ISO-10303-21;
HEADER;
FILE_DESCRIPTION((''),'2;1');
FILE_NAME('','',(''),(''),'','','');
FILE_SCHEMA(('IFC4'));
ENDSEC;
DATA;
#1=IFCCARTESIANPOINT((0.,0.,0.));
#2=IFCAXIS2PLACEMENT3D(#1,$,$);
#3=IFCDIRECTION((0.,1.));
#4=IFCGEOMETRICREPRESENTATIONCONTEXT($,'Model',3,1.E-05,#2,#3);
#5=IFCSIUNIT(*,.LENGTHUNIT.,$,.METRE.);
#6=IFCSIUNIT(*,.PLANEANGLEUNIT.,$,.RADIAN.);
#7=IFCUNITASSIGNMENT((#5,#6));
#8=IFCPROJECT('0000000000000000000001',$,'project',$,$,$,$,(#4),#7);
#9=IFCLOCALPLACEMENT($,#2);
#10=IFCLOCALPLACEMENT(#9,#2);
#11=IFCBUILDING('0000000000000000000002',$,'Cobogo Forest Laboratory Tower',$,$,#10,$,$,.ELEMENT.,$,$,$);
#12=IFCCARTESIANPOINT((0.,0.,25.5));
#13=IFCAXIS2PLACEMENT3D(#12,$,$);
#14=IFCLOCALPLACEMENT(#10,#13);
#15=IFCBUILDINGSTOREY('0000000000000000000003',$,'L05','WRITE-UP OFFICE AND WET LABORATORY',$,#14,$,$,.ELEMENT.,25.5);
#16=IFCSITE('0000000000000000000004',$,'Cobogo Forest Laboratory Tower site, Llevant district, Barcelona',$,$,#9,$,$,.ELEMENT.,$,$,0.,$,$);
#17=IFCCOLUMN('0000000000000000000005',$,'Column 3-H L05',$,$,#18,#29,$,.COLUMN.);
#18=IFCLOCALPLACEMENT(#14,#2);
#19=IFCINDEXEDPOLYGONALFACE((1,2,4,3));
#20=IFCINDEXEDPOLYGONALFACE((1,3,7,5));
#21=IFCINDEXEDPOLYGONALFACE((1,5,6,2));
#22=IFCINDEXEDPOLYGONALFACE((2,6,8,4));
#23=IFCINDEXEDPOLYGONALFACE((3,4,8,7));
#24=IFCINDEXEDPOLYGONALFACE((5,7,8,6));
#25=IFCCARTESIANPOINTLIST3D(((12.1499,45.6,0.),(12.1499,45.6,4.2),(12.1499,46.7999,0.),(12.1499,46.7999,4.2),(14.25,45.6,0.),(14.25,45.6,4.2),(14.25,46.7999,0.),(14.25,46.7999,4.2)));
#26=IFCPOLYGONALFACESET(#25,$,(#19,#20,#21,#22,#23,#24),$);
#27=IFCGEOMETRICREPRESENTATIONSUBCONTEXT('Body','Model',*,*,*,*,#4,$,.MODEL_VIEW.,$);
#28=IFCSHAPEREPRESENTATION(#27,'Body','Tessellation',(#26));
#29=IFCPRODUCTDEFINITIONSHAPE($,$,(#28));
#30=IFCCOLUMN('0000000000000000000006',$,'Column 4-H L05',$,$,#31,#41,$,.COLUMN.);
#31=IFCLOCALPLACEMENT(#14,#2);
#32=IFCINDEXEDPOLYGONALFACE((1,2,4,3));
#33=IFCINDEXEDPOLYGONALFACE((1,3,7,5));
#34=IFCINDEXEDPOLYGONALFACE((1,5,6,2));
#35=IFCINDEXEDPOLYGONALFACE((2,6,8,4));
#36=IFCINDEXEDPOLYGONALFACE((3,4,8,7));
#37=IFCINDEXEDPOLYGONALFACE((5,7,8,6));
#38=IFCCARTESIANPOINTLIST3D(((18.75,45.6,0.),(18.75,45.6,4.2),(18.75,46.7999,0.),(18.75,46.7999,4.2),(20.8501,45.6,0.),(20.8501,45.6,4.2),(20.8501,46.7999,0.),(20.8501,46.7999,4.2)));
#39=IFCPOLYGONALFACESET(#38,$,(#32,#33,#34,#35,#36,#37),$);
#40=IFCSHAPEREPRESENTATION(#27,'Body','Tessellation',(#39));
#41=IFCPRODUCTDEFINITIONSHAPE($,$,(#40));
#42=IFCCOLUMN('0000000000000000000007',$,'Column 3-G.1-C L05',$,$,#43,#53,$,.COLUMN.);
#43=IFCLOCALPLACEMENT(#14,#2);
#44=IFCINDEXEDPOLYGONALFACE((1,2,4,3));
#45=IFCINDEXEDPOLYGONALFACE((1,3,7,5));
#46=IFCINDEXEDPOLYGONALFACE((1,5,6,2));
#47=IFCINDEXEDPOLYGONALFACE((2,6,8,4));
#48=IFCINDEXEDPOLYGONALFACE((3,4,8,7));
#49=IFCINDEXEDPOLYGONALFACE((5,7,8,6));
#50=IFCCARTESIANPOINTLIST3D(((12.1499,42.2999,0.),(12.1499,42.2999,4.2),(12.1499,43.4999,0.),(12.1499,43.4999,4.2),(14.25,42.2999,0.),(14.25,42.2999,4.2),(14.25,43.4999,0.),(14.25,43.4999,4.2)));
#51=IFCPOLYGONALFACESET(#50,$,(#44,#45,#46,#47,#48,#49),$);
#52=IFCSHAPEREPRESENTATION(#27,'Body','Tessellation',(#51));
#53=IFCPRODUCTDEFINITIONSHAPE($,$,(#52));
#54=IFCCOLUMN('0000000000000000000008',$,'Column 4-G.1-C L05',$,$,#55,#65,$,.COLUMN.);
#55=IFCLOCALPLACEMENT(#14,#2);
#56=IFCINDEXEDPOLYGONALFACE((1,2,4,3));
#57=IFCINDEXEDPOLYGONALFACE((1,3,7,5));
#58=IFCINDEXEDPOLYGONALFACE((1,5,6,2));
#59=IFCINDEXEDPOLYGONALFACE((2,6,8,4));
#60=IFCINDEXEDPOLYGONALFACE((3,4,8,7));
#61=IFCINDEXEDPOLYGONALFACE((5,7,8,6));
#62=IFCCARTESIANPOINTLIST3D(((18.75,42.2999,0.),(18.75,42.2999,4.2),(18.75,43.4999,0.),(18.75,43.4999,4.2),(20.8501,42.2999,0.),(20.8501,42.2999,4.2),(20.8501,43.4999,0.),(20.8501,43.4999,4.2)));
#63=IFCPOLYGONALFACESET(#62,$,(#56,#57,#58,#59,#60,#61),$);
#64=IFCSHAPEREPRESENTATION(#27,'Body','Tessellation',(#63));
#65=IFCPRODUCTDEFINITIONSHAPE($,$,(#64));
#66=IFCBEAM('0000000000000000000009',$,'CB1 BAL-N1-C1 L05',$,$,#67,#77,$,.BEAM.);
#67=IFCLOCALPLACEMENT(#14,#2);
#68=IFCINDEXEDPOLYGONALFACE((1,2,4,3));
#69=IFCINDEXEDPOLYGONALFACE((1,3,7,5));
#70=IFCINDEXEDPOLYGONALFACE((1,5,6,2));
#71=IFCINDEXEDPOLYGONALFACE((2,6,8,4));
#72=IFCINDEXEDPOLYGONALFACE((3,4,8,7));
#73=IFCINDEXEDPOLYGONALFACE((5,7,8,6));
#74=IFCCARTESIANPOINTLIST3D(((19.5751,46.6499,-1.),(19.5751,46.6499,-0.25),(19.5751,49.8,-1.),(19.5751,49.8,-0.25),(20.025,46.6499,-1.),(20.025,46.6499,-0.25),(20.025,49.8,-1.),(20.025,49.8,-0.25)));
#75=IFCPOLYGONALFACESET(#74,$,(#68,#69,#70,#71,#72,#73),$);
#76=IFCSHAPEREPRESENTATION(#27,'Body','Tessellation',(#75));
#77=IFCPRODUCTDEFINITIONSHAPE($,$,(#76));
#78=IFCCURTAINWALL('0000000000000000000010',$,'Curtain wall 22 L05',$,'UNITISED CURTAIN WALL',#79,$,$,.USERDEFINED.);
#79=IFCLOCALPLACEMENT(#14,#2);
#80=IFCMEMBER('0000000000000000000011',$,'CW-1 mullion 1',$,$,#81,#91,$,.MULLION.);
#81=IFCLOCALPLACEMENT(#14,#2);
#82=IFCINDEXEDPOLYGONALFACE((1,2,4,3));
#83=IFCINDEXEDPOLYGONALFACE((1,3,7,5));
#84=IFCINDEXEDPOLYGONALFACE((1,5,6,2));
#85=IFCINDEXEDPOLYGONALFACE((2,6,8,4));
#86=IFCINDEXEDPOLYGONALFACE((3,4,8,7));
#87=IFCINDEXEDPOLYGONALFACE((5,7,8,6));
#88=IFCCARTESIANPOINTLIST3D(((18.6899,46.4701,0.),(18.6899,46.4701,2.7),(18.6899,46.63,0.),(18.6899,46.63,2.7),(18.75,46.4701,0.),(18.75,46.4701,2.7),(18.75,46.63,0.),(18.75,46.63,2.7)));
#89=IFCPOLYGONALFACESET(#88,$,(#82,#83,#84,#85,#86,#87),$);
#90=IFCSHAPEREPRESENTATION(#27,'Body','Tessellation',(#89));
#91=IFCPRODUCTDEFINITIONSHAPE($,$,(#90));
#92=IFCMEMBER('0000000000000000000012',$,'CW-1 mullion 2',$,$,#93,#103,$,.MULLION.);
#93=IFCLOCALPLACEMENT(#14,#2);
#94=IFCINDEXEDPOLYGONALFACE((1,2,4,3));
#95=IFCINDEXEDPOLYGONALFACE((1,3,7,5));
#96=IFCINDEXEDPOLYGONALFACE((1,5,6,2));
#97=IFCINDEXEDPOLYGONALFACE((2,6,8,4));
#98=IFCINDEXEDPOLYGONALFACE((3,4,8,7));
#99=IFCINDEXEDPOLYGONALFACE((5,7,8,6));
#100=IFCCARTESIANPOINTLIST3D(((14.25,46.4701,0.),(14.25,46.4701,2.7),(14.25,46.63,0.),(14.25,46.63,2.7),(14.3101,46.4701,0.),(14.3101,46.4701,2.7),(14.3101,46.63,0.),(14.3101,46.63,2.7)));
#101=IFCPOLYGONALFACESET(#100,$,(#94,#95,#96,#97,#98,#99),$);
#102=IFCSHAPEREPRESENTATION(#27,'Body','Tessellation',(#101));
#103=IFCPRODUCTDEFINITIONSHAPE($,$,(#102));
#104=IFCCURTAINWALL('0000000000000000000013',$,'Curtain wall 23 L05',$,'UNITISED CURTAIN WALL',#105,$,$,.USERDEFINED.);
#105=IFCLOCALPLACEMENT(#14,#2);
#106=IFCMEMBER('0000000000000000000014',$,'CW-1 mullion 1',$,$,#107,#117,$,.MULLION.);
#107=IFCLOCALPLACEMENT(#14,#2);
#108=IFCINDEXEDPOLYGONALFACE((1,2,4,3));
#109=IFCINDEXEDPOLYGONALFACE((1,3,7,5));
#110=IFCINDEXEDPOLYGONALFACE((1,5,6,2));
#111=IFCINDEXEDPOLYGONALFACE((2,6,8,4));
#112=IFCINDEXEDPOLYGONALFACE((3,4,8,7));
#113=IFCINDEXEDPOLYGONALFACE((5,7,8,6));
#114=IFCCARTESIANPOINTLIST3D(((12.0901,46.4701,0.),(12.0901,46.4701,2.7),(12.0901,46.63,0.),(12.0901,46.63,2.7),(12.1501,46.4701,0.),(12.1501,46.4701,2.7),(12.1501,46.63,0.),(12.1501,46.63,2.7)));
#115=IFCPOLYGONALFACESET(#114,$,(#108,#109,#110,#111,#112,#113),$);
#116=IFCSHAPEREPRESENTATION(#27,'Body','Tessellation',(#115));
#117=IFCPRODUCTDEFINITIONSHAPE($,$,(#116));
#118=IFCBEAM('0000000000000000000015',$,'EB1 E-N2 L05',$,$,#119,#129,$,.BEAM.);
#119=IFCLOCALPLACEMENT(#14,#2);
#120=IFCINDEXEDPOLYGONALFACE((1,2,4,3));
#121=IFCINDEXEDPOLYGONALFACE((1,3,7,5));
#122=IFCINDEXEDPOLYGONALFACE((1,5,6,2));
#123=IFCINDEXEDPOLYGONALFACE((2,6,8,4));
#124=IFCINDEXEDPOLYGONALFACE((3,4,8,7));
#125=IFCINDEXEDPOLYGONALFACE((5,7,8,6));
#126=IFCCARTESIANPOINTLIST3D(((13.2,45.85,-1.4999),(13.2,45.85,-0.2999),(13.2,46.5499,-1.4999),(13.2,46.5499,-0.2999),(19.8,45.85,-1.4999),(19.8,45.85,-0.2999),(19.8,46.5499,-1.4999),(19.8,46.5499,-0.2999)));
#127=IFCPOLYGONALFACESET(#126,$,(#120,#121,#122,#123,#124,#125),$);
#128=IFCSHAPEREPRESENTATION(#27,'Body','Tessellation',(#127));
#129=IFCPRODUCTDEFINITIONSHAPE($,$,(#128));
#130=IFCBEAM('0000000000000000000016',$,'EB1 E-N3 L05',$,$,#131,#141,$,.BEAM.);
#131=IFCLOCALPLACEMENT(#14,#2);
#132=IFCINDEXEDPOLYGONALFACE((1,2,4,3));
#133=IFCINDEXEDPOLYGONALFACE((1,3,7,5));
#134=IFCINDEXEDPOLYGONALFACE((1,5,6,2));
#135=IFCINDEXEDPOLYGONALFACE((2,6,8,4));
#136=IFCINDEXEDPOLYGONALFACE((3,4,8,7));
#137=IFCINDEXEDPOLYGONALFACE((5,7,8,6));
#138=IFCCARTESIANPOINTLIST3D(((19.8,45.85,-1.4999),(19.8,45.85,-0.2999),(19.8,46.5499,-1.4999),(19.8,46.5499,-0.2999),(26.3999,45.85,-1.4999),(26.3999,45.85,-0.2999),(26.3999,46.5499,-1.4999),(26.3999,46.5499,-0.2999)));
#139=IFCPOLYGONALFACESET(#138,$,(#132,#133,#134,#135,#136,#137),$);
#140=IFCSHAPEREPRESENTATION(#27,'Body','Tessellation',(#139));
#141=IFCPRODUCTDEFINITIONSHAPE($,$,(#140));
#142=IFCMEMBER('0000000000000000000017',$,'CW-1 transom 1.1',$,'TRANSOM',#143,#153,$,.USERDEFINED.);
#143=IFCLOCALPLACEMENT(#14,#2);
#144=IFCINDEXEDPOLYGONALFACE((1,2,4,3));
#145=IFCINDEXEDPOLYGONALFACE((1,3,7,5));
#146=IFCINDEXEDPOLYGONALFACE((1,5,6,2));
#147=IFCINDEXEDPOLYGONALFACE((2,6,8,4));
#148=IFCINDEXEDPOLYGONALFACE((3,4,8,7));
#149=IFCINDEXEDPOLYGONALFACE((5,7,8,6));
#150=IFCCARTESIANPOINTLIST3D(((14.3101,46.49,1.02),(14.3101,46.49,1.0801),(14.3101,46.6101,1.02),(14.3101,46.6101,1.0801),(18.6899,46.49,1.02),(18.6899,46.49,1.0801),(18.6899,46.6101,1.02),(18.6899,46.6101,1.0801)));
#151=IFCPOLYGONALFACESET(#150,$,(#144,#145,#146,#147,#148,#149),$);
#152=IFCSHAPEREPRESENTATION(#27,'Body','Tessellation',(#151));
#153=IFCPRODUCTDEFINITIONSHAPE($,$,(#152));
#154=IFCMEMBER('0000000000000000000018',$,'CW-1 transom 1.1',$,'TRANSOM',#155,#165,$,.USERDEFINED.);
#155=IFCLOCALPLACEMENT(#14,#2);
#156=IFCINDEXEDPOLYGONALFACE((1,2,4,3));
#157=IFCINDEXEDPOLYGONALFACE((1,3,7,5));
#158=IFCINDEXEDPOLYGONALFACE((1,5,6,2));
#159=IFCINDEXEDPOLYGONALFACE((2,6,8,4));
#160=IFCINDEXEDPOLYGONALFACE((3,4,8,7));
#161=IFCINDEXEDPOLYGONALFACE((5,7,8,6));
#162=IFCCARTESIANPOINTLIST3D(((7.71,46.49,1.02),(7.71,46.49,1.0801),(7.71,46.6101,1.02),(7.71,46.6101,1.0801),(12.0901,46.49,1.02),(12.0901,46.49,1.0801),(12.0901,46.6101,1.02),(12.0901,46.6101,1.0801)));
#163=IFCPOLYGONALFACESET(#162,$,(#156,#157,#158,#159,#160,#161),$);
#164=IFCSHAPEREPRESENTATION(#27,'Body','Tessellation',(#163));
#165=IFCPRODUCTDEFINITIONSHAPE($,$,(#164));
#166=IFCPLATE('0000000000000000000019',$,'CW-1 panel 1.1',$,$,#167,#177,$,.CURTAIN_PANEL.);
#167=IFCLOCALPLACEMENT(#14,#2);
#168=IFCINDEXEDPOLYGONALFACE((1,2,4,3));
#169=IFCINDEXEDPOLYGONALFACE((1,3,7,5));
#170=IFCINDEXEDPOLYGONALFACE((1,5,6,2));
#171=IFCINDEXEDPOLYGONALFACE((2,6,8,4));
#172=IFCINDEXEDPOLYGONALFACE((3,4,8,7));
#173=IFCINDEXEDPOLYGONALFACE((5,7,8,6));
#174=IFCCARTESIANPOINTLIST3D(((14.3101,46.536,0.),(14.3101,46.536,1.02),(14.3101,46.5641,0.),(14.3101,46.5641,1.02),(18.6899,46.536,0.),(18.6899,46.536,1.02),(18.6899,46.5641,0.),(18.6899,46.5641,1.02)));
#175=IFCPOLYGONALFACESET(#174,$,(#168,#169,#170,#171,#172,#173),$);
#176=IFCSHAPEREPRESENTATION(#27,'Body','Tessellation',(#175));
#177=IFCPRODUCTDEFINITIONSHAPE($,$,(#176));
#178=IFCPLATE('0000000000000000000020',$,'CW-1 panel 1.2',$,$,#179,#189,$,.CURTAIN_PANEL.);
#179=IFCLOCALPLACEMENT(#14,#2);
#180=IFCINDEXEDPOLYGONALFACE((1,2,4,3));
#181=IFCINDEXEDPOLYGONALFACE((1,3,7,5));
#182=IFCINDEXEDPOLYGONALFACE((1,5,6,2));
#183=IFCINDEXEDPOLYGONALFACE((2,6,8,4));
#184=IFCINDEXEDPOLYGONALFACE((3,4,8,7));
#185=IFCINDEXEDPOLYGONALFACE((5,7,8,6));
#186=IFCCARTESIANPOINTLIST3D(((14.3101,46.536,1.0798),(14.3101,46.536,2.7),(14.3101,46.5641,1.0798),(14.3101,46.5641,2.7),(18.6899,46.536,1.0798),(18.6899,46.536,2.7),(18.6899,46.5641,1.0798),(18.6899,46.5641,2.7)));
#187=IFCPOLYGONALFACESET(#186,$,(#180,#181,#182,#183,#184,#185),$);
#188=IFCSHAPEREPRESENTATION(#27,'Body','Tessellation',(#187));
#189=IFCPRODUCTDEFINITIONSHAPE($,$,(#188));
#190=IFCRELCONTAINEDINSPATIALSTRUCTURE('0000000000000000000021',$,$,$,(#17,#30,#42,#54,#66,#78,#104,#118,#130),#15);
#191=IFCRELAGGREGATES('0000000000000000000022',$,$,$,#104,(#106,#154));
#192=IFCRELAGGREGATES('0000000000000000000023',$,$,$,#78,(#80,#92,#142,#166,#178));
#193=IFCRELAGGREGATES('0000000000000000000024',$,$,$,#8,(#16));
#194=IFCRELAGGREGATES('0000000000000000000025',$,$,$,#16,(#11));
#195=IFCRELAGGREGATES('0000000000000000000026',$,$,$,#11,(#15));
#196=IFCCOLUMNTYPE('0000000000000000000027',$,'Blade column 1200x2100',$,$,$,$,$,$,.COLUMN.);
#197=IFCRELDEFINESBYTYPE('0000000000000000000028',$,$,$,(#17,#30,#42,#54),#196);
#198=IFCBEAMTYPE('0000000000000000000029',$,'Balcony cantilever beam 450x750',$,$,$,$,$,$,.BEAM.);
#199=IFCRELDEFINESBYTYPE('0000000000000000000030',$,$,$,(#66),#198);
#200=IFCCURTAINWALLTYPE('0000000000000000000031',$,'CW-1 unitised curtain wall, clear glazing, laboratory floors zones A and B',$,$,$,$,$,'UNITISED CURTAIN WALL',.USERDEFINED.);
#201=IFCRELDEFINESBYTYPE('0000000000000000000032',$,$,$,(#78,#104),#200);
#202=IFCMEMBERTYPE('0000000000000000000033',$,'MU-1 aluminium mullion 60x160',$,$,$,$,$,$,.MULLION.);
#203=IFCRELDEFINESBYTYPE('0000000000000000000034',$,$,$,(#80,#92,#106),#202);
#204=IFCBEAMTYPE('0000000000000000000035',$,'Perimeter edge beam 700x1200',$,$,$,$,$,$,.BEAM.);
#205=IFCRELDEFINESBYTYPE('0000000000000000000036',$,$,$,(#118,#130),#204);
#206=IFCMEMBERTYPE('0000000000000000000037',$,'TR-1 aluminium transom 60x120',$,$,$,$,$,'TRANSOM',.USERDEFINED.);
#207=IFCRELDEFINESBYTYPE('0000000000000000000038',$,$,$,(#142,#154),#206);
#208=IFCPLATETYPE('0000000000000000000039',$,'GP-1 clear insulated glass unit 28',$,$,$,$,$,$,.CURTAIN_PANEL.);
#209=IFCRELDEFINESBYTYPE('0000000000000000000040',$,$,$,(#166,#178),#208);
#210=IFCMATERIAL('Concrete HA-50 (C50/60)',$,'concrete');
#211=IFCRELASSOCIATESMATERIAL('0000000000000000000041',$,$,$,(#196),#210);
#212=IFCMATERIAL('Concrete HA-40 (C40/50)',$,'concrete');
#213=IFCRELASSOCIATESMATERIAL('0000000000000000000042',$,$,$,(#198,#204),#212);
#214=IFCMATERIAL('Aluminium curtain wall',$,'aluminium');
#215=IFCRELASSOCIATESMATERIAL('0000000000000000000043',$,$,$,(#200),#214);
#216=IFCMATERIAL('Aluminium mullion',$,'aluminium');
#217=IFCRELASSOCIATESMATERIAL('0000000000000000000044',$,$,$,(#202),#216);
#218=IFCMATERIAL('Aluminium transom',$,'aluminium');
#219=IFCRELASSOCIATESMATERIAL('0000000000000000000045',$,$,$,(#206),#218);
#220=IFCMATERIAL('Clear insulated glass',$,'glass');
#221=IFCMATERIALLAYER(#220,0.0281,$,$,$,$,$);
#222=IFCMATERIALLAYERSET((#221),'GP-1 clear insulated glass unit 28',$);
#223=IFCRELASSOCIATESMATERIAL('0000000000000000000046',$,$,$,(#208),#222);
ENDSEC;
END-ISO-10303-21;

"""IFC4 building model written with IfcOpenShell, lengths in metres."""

from ifc_helpers import new_model, si_unit, direction, frame, origin, origin_2d, place, context, subcontext, project, spatial, rectangle, extrude, material, layer, layer_set, material_profile, profile_set, type_object, element, aggregate, save


model = new_model("IFC4")

# Units and contexts
model_context = context("Model", 3, precision=1e-05, world=origin(), true_north=direction((0.0, 1.0)))
body_context = subcontext(model_context, "Body", "Model", "MODEL_VIEW")
ifc_project = project(units=[si_unit("LENGTHUNIT", "METRE"), si_unit("PLANEANGLEUNIT", "RADIAN")], contexts=[model_context])

# Site, building, storey
site_placement = place(None, origin())
site = spatial("IfcSite", under=ifc_project, at=site_placement, Name="Cobogo Forest Laboratory Tower site, Llevant district, Barcelona", CompositionType="ELEMENT", RefElevation=0.0)
building_placement = place(site_placement, origin())
building = spatial("IfcBuilding", under=site, at=building_placement, Name="Cobogo Forest Laboratory Tower", CompositionType="ELEMENT")
storey_placement = place(building_placement, frame((0.0, 0.0, 25.5)))
storey = spatial("IfcBuildingStorey", under=building, at=storey_placement, Name="L05", Description="WRITE-UP OFFICE AND WET LABORATORY", CompositionType="ELEMENT", Elevation=25.5)

# Columns
ifc_material_1 = material(Name="Concrete HA-50 (C50/60)", Category="concrete")
ifc_material_profile_1 = material_profile(ifc_material_1, rectangle(XDim=2.1001, YDim=1.2, at=origin_2d()), Name="RC 1200x2100")
ifc_profile_set_1 = profile_set([ifc_material_profile_1], Name="Concrete HA-50 (C50/60)")
column_type = type_object("IfcColumnType", Name="Blade column 1200x2100", PredefinedType="COLUMN", material=ifc_profile_set_1)
for number, where, z_axis, x_axis, name in (
    (1, (13.2, 46.2, 0.0), (0.0, 0.0, 1.0), (1.0, 0.0, 0.0), "Column 3-H L05"),
    (2, (19.8, 46.2, 0.0), (0.0, 0.0, 1.0), (1.0, 0.0, 0.0), "Column 4-H L05"),
    (3, (13.2, 42.8999, 0.0), (0.0, 0.0, 1.0), (1.0, 0.0, 0.0), "Column 3-G.1-C L05"),
    (4, (19.8, 42.8999, 0.0), (0.0, 0.0, 1.0), (1.0, 0.0, 0.0), "Column 4-G.1-C L05"),
):
    element("IfcColumn", number, at=place(storey_placement, frame(where, z_axis=z_axis, x_axis=x_axis)), inside=storey, type_object=column_type, Name=name, PredefinedType="COLUMN", context=body_context, shape_type="SweptSolid", body=[
        extrude(rectangle(XDim=2.1001, YDim=1.2, at=origin_2d()), origin(), (0.0, 0.0, 1.0), 4.2),
    ])

# Beam
ifc_material_2 = material(Name="Concrete HA-40 (C40/50)", Category="concrete")
ifc_material_profile_2 = material_profile(ifc_material_2, rectangle(XDim=0.45, YDim=0.75, at=origin_2d()), Name="RC 450x750")
ifc_profile_set_2 = profile_set([ifc_material_profile_2], Name="Concrete HA-40 (C40/50)")
beam_type_1 = type_object("IfcBeamType", Name="Balcony cantilever beam 450x750", PredefinedType="BEAM", material=ifc_profile_set_2)
beam_1_placement = place(storey_placement, frame((19.8, 46.6499, -0.625), z_axis=(0.0, 1.0, 0.0), x_axis=(-1.0, 0.0, 0.0)))
element("IfcBeam", 5, at=beam_1_placement, inside=storey, type_object=beam_type_1, Name="CB1 BAL-N1-C1 L05", PredefinedType="BEAM", context=body_context, shape_type="SweptSolid", body=[
    extrude(rectangle(XDim=0.45, YDim=0.75, at=origin_2d()), origin(), (0.0, 0.0, 1.0), 3.1501),
])

# Curtain wall, members
ifc_material_3 = material(Name="Aluminium curtain wall", Category="aluminium")
curtain_wall_type = type_object("IfcCurtainWallType", Name="CW-1 unitised curtain wall, clear glazing, laboratory floors zones A and B", ElementType="UNITISED CURTAIN WALL", PredefinedType="USERDEFINED", material=ifc_material_3)
curtain_wall_1_placement = place(storey_placement, origin())
curtain_wall_1 = element("IfcCurtainWall", 6, at=curtain_wall_1_placement, inside=storey, type_object=curtain_wall_type, Name="Curtain wall 22 L05", ObjectType="UNITISED CURTAIN WALL", PredefinedType="USERDEFINED")
ifc_material_4 = material(Name="Aluminium mullion", Category="aluminium")
ifc_material_profile_3 = material_profile(ifc_material_4, rectangle(XDim=0.0601, YDim=0.1599, at=origin_2d()), Name="AL 60x160")
ifc_profile_set_3 = profile_set([ifc_material_profile_3], Name="Aluminium mullion")
member_type_1 = type_object("IfcMemberType", Name="MU-1 aluminium mullion 60x160", PredefinedType="MULLION", material=ifc_profile_set_3)
member_1_placement = place(storey_placement, frame((18.72, 46.55, 0.0), z_axis=(0.0, 0.0, 1.0), x_axis=(-1.0, 0.0, 0.0)))
member_1 = element("IfcMember", 7, at=member_1_placement, type_object=member_type_1, Name="CW-1 mullion 1", PredefinedType="MULLION", context=body_context, shape_type="SweptSolid", body=[
    extrude(rectangle(XDim=0.0601, YDim=0.1599, at=origin_2d()), origin(), (0.0, 0.0, 1.0), 2.7),
])
member_2_placement = place(storey_placement, frame((14.28, 46.55, 0.0), z_axis=(0.0, 0.0, 1.0), x_axis=(-1.0, 0.0, 0.0)))
member_2 = element("IfcMember", 8, at=member_2_placement, type_object=member_type_1, Name="CW-1 mullion 2", PredefinedType="MULLION", context=body_context, shape_type="SweptSolid", body=[
    extrude(rectangle(XDim=0.0601, YDim=0.1599, at=origin_2d()), origin(), (0.0, 0.0, 1.0), 2.7),
])

# Curtain wall, member
curtain_wall_2_placement = place(storey_placement, origin())
curtain_wall_2 = element("IfcCurtainWall", 9, at=curtain_wall_2_placement, inside=storey, type_object=curtain_wall_type, Name="Curtain wall 23 L05", ObjectType="UNITISED CURTAIN WALL", PredefinedType="USERDEFINED")
member_3_placement = place(storey_placement, frame((12.1201, 46.55, 0.0), z_axis=(0.0, 0.0, 1.0), x_axis=(-1.0, 0.0, 0.0)))
member_3 = element("IfcMember", 10, at=member_3_placement, type_object=member_type_1, Name="CW-1 mullion 1", PredefinedType="MULLION", context=body_context, shape_type="SweptSolid", body=[
    extrude(rectangle(XDim=0.0601, YDim=0.1599, at=origin_2d()), origin(), (0.0, 0.0, 1.0), 2.7),
])

# Beams
ifc_material_profile_4 = material_profile(ifc_material_2, rectangle(XDim=0.7, YDim=1.2, at=origin_2d()), Name="RC 700x1200")
ifc_profile_set_4 = profile_set([ifc_material_profile_4], Name="Concrete HA-40 (C40/50)")
beam_type_2 = type_object("IfcBeamType", Name="Perimeter edge beam 700x1200", PredefinedType="BEAM", material=ifc_profile_set_4)
beam_2_placement = place(storey_placement, frame((13.2, 46.2, -0.8999), z_axis=(1.0, 0.0, 0.0), x_axis=(0.0, 1.0, 0.0)))
element("IfcBeam", 11, at=beam_2_placement, inside=storey, type_object=beam_type_2, Name="EB1 E-N2 L05", PredefinedType="BEAM", context=body_context, shape_type="SweptSolid", body=[
    extrude(rectangle(XDim=0.7, YDim=1.2, at=origin_2d()), origin(), (0.0, 0.0, 1.0), 6.6001),
])
beam_3_placement = place(storey_placement, frame((19.8, 46.2, -0.8999), z_axis=(1.0, 0.0, 0.0), x_axis=(0.0, 1.0, 0.0)))
element("IfcBeam", 12, at=beam_3_placement, inside=storey, type_object=beam_type_2, Name="EB1 E-N3 L05", PredefinedType="BEAM", context=body_context, shape_type="SweptSolid", body=[
    extrude(rectangle(XDim=0.7, YDim=1.2, at=origin_2d()), origin(), (0.0, 0.0, 1.0), 6.5999),
])

# Members
ifc_material_5 = material(Name="Aluminium transom", Category="aluminium")
ifc_material_profile_5 = material_profile(ifc_material_5, rectangle(XDim=0.1201, YDim=0.0601, at=origin_2d()), Name="AL 60x120")
ifc_profile_set_5 = profile_set([ifc_material_profile_5], Name="Aluminium transom")
member_type_2 = type_object("IfcMemberType", Name="TR-1 aluminium transom 60x120", ElementType="TRANSOM", PredefinedType="USERDEFINED", material=ifc_profile_set_5)
member_4_placement = place(storey_placement, frame((18.6899, 46.55, 1.05), z_axis=(-1.0, 0.0, 0.0), x_axis=(0.0, -1.0, 0.0)))
member_4 = element("IfcMember", 13, at=member_4_placement, type_object=member_type_2, Name="CW-1 transom 1.1", ObjectType="TRANSOM", PredefinedType="USERDEFINED", context=body_context, shape_type="SweptSolid", body=[
    extrude(rectangle(XDim=0.1201, YDim=0.0601, at=origin_2d()), origin(), (0.0, 0.0, 1.0), 4.3799),
])
member_5_placement = place(storey_placement, frame((12.0901, 46.55, 1.05), z_axis=(-1.0, 0.0, 0.0), x_axis=(0.0, -1.0, 0.0)))
member_5 = element("IfcMember", 14, at=member_5_placement, type_object=member_type_2, Name="CW-1 transom 1.1", ObjectType="TRANSOM", PredefinedType="USERDEFINED", context=body_context, shape_type="SweptSolid", body=[
    extrude(rectangle(XDim=0.1201, YDim=0.0601, at=origin_2d()), origin(), (0.0, 0.0, 1.0), 4.3801),
])
aggregate(curtain_wall_2, [member_3, member_5])

# Plates
ifc_material_6 = material(Name="Clear insulated glass", Category="glass")
ifc_layer_1 = layer(ifc_material_6, 0.0281)
ifc_layer_set_1 = layer_set([ifc_layer_1], Name="GP-1 clear insulated glass unit 28")
plate_type_1 = type_object("IfcPlateType", Name="GP-1 clear insulated glass unit 28", PredefinedType="CURTAIN_PANEL", material=ifc_layer_set_1)
plate_1_placement = place(storey_placement, frame((16.5, 46.55, 0.0), z_axis=(0.0, 0.0, 1.0), x_axis=(-1.0, 0.0, 0.0)))
plate_1 = element("IfcPlate", 15, at=plate_1_placement, type_object=plate_type_1, Name="CW-1 panel 1.1", PredefinedType="CURTAIN_PANEL", context=body_context, shape_type="SweptSolid", body=[
    extrude(rectangle(XDim=4.3799, YDim=0.0281, at=origin_2d()), origin(), (0.0, 0.0, 1.0), 1.02),
])
plate_2_placement = place(storey_placement, frame((16.5, 46.55, 1.0798), z_axis=(0.0, 0.0, 1.0), x_axis=(-1.0, 0.0, 0.0)))
plate_2 = element("IfcPlate", 16, at=plate_2_placement, type_object=plate_type_1, Name="CW-1 panel 1.2", PredefinedType="CURTAIN_PANEL", context=body_context, shape_type="SweptSolid", body=[
    extrude(rectangle(XDim=4.3799, YDim=0.0281, at=origin_2d()), origin(), (0.0, 0.0, 1.0), 1.6201),
])
aggregate(curtain_wall_1, [member_1, member_2, member_4, plate_1, plate_2])

save(model, "model.ifc")
